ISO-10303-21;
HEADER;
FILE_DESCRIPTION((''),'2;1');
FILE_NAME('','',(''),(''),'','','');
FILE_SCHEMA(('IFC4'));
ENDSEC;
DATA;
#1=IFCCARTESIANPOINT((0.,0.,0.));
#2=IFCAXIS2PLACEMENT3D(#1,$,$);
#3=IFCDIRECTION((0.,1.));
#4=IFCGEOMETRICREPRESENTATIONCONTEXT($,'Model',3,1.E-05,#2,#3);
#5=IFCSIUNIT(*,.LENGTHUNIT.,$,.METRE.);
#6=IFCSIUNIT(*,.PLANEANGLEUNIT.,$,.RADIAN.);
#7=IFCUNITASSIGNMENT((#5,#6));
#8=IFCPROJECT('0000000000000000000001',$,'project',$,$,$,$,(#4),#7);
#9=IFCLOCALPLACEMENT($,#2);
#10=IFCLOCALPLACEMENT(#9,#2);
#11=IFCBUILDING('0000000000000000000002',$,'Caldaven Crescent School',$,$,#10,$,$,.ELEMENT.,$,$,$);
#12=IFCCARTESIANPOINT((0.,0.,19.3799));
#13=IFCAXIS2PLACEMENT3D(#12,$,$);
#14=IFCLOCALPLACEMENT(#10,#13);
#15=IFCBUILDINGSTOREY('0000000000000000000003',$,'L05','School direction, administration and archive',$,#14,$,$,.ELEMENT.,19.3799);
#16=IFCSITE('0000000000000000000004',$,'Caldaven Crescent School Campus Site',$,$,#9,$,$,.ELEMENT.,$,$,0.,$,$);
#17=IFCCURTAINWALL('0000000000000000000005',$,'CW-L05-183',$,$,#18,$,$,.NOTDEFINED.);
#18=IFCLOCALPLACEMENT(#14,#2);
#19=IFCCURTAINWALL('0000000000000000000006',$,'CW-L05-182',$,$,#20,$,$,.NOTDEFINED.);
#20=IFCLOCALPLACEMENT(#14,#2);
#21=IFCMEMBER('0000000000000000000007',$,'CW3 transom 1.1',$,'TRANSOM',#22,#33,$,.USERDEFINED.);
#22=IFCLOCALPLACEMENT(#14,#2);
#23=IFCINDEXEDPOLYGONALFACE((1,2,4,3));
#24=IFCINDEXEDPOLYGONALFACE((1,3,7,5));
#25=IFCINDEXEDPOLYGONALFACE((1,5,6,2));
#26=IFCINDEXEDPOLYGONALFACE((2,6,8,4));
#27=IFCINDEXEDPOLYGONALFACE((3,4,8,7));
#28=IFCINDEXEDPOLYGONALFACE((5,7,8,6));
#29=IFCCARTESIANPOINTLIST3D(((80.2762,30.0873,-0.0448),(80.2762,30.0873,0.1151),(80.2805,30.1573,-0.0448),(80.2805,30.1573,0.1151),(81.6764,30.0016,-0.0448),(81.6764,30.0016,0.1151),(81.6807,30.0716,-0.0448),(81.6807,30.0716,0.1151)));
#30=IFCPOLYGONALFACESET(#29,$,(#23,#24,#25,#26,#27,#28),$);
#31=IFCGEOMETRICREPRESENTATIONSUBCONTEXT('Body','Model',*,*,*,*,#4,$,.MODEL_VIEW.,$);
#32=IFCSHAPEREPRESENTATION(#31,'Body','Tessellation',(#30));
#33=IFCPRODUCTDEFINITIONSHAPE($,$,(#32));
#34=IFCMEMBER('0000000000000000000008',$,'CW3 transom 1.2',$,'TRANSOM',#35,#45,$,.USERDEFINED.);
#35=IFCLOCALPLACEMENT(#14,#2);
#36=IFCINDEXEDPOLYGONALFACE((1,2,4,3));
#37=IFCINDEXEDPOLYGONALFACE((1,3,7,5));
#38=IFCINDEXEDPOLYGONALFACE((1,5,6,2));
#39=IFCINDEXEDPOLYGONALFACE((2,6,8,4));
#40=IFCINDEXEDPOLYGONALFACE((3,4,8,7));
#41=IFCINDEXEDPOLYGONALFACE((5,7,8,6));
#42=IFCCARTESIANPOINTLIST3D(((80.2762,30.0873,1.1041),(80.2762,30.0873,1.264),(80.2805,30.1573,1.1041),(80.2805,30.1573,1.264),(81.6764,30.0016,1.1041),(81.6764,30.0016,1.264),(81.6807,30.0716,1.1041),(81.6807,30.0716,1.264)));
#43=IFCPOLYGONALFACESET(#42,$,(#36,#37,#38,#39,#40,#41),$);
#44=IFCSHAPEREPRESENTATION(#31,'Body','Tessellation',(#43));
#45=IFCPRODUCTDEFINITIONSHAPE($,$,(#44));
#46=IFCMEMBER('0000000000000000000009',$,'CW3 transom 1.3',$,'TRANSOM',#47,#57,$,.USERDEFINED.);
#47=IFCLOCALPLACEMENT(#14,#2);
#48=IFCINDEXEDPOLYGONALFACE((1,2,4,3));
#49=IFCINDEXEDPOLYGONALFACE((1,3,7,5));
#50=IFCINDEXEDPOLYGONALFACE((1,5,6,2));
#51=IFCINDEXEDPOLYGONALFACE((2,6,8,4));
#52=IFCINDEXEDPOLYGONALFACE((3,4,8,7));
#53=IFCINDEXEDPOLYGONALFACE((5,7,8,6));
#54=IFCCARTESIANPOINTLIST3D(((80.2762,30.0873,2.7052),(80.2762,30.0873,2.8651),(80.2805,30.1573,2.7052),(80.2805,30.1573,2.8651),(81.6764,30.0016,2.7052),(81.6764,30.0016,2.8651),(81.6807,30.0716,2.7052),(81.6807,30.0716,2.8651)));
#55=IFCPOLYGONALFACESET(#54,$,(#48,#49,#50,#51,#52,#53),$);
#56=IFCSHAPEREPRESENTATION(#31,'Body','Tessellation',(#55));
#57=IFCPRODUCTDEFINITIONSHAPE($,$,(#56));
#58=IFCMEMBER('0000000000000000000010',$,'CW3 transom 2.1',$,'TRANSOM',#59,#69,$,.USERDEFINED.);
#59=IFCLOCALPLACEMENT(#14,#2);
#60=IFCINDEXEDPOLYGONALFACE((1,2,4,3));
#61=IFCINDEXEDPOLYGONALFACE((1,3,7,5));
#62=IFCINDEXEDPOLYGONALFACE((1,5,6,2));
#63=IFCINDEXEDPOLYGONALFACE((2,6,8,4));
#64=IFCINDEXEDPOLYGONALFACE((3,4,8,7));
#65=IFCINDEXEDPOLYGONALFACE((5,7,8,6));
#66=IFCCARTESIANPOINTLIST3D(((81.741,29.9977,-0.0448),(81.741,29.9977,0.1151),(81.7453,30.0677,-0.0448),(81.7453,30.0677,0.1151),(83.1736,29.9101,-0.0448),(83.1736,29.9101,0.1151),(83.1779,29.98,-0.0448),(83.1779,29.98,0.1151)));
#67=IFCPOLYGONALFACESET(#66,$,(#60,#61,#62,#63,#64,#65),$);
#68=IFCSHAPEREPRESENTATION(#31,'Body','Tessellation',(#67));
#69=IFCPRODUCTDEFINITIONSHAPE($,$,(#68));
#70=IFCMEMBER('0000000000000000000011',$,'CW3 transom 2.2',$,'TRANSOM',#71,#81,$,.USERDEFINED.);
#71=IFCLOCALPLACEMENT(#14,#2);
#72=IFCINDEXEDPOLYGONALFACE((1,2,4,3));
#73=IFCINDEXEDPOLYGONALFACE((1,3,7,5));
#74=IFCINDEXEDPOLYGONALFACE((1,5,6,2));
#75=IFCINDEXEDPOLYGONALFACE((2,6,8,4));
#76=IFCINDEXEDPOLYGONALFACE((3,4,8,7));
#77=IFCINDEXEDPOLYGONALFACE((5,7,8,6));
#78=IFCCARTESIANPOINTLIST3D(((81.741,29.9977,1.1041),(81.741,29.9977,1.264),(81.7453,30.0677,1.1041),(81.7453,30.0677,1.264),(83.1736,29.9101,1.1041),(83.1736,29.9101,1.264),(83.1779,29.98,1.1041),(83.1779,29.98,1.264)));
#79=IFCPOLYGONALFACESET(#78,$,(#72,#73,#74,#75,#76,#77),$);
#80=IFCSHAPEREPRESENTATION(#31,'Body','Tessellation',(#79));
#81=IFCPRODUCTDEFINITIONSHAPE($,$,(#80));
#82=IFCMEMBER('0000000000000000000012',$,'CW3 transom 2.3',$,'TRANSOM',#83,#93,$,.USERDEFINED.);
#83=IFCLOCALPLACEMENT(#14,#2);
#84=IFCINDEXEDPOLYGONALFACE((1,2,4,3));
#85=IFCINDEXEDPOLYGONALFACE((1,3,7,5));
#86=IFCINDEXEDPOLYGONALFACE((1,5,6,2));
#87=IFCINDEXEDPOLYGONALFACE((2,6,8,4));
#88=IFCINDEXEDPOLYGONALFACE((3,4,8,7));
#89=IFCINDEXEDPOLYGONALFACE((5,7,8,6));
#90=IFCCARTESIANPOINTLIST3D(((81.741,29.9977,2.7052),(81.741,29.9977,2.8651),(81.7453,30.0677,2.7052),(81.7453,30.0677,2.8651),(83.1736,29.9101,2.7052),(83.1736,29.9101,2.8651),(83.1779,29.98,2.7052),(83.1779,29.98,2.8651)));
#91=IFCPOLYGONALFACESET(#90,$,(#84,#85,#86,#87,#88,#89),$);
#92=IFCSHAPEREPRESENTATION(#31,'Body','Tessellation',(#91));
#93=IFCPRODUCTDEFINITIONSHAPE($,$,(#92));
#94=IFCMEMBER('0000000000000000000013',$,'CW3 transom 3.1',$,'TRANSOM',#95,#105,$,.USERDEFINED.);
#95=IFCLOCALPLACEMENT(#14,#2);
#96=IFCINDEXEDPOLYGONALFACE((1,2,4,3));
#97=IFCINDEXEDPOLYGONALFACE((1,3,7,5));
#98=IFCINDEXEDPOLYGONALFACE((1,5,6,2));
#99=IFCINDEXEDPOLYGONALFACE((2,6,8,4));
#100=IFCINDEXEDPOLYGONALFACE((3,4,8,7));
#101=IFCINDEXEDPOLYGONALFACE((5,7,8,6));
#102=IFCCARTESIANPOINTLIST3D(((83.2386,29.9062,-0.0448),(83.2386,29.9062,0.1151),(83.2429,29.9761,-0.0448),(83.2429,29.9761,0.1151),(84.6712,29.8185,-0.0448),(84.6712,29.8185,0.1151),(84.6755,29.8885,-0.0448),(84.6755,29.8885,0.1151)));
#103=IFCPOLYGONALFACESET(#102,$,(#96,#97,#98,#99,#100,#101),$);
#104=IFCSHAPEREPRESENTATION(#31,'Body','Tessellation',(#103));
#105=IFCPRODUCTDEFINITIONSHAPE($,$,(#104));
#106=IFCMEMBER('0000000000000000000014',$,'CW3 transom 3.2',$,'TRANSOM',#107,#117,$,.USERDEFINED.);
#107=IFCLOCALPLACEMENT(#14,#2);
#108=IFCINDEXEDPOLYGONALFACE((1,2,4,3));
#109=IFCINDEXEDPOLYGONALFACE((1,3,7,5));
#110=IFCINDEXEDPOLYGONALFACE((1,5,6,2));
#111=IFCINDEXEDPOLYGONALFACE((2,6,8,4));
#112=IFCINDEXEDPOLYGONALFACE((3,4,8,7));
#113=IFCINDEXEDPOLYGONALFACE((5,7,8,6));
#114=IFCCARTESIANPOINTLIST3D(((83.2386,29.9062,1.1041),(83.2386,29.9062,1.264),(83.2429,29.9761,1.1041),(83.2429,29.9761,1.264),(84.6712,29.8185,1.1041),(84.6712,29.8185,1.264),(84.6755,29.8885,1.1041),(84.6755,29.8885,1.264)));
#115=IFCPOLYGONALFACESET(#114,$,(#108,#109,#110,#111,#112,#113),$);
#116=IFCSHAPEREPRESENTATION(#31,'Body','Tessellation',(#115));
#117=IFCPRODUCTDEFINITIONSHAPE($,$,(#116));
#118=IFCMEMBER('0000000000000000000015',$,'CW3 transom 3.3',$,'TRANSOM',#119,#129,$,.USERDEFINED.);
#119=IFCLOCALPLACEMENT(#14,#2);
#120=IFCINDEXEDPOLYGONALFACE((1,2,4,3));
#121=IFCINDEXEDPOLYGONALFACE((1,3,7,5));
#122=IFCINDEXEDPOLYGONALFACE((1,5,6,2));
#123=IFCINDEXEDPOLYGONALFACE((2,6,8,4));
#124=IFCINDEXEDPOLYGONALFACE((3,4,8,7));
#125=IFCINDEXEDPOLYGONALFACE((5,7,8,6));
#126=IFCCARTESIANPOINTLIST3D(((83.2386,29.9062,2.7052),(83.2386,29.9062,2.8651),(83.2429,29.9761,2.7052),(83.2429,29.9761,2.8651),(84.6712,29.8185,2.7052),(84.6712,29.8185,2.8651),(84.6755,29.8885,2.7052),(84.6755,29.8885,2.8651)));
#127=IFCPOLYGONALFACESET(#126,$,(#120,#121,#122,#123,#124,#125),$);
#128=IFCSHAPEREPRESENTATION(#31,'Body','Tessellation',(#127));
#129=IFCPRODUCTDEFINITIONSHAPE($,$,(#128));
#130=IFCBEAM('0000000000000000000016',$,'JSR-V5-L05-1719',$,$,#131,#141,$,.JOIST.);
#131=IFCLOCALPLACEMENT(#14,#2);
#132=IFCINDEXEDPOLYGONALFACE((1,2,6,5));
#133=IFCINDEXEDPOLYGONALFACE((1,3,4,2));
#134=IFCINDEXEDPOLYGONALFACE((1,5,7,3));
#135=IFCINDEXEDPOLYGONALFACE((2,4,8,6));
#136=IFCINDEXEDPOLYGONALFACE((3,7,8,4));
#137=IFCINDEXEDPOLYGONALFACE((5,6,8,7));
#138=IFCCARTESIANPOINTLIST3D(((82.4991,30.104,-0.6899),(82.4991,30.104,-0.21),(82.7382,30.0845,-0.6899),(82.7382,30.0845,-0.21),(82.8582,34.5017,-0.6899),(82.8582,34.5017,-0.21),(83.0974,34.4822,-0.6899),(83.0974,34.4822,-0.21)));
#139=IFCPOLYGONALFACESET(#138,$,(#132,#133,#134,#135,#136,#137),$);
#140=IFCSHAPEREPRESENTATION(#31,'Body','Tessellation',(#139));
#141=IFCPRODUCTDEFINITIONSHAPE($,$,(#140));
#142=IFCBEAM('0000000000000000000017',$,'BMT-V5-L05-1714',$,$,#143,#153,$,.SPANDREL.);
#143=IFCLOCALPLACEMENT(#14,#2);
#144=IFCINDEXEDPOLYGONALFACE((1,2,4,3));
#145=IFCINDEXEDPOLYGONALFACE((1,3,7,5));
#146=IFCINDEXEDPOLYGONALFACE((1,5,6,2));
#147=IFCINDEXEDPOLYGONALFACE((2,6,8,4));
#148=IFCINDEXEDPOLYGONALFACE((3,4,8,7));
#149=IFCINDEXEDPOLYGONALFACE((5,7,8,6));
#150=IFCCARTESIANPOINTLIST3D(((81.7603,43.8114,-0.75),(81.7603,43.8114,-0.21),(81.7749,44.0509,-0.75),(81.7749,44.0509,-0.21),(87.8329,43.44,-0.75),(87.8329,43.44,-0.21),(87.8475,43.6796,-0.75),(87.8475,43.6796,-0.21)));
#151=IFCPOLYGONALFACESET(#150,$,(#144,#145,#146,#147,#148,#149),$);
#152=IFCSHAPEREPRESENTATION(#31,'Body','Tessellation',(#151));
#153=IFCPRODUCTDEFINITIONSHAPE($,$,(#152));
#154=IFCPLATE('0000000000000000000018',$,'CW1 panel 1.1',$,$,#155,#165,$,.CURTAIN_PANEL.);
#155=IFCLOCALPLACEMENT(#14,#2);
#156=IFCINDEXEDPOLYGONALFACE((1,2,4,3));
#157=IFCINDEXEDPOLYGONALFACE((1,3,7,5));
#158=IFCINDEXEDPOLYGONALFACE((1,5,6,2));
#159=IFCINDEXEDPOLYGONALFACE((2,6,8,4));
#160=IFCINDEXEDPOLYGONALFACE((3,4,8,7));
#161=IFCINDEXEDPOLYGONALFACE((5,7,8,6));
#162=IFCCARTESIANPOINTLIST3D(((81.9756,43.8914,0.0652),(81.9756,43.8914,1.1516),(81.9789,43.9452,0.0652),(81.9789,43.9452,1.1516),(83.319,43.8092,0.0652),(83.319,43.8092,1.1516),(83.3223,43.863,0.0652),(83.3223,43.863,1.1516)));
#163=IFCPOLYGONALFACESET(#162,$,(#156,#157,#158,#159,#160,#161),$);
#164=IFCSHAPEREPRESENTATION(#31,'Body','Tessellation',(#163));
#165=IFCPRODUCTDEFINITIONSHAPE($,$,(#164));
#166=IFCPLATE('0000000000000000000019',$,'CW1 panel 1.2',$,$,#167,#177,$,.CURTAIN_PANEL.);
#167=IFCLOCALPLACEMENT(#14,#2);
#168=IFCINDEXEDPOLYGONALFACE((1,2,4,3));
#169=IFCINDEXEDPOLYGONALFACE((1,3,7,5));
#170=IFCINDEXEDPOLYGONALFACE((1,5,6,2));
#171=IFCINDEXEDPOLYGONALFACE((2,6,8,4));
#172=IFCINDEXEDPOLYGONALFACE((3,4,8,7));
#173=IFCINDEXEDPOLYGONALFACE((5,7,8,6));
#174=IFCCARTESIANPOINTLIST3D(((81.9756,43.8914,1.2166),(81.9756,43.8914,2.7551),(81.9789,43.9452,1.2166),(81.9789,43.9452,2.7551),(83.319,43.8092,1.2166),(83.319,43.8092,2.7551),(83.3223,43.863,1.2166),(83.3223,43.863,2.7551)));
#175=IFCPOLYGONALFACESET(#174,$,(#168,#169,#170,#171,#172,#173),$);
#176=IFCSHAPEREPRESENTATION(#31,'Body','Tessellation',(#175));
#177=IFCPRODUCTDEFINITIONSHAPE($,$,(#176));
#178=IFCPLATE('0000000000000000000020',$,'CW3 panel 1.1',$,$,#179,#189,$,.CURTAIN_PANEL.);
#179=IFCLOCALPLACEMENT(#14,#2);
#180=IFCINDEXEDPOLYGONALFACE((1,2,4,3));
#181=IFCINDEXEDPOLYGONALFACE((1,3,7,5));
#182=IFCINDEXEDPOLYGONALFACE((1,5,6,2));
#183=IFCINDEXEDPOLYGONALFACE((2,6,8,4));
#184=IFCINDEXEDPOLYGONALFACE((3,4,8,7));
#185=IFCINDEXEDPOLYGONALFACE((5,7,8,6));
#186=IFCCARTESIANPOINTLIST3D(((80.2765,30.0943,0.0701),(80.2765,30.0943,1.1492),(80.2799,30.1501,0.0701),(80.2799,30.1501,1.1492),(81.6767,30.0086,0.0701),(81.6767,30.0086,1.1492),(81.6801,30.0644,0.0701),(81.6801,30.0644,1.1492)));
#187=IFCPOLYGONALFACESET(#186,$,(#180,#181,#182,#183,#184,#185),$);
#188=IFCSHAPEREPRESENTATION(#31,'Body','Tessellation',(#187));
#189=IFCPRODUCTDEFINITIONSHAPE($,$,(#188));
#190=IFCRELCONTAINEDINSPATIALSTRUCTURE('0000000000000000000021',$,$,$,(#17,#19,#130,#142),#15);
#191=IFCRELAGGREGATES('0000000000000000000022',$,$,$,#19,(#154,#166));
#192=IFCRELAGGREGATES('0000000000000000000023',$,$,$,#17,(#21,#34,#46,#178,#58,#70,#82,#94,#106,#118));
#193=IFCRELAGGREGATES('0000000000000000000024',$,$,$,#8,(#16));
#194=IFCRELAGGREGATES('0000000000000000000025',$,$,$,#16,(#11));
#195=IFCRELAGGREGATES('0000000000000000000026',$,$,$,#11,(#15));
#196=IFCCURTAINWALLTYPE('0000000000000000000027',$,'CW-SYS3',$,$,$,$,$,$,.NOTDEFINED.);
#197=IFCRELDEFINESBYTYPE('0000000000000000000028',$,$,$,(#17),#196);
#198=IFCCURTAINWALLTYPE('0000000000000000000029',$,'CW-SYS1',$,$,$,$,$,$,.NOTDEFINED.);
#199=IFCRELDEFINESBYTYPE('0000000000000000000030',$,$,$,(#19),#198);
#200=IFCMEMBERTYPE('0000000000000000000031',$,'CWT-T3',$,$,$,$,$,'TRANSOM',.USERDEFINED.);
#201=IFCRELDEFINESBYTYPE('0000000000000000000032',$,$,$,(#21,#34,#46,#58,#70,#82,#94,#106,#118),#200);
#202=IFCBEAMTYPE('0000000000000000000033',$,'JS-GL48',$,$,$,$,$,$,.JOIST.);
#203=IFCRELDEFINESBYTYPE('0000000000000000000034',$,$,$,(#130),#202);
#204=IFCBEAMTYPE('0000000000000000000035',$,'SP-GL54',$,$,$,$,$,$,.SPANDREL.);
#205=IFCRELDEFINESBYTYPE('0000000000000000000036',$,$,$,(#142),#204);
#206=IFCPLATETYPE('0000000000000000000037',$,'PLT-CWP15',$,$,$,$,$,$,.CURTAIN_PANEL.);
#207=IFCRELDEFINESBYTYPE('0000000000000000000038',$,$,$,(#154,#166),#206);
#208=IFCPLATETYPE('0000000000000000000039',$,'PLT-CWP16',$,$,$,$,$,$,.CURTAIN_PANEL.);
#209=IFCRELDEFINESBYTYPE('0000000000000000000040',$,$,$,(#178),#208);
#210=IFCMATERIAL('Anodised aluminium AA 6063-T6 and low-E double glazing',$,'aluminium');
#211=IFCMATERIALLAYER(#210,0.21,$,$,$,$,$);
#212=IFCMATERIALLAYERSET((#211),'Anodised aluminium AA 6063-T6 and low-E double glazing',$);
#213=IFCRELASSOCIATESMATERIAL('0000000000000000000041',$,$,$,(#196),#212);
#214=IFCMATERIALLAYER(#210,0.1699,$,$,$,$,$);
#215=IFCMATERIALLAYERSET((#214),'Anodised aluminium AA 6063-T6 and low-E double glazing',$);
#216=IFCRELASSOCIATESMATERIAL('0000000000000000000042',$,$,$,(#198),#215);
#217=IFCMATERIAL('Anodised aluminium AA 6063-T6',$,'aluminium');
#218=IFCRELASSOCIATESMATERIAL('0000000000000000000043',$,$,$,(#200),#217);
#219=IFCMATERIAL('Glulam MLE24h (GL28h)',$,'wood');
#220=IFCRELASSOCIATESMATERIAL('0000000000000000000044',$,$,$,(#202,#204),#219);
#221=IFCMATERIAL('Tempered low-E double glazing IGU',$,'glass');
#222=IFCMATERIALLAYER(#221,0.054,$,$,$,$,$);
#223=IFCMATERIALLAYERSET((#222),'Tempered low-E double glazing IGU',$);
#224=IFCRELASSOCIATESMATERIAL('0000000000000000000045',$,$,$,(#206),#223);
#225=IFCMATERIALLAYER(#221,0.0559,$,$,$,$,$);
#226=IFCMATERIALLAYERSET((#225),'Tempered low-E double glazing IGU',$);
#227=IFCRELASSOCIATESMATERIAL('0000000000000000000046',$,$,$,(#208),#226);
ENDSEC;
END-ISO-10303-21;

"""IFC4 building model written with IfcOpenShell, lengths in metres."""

from ifc_helpers import new_model, si_unit, direction, frame, origin, origin_2d, place, context, subcontext, project, spatial, rectangle, extrude, material, layer, layer_set, material_profile, profile_set, type_object, element, aggregate, save


model = new_model("IFC4")

# Units and contexts
model_context = context("Model", 3, precision=1e-05, world=origin(), true_north=direction((0.0, 1.0)))
body_context = subcontext(model_context, "Body", "Model", "MODEL_VIEW")
ifc_project = project(units=[si_unit("LENGTHUNIT", "METRE"), si_unit("PLANEANGLEUNIT", "RADIAN")], contexts=[model_context])

# Site, building, storey
site_placement = place(None, origin())
site = spatial("IfcSite", under=ifc_project, at=site_placement, Name="Caldaven Crescent School Campus Site", CompositionType="ELEMENT", RefElevation=0.0)
building_placement = place(site_placement, origin())
building = spatial("IfcBuilding", under=site, at=building_placement, Name="Caldaven Crescent School", CompositionType="ELEMENT")
storey_placement = place(building_placement, frame((0.0, 0.0, 19.3799)))
storey = spatial("IfcBuildingStorey", under=building, at=storey_placement, Name="L05", Description="School direction, administration and archive", CompositionType="ELEMENT", Elevation=19.3799)

# Shared definitions
ifc_material_1 = material(Name="Glulam MLE24h (GL28h)", Category="wood")

# Curtain walls
ifc_material_2 = material(Name="Anodised aluminium AA 6063-T6 and low-E double glazing", Category="aluminium")
ifc_layer_1 = layer(ifc_material_2, 0.21)
ifc_layer_set_1 = layer_set([ifc_layer_1], Name="Anodised aluminium AA 6063-T6 and low-E double glazing")
curtain_wall_type_1 = type_object("IfcCurtainWallType", Name="CW-SYS3", PredefinedType="NOTDEFINED", material=ifc_layer_set_1)
curtain_wall_1_placement = place(storey_placement, origin())
curtain_wall_1 = element("IfcCurtainWall", 1, at=curtain_wall_1_placement, inside=storey, type_object=curtain_wall_type_1, Name="CW-L05-183", PredefinedType="NOTDEFINED")
ifc_material_3 = material(Name="Anodised aluminium AA 6063-T6", Category="aluminium")
ifc_layer_2 = layer(ifc_material_2, 0.1699)
ifc_layer_set_2 = layer_set([ifc_layer_2], Name="Anodised aluminium AA 6063-T6 and low-E double glazing")
curtain_wall_type_2 = type_object("IfcCurtainWallType", Name="CW-SYS1", PredefinedType="NOTDEFINED", material=ifc_layer_set_2)
curtain_wall_2_placement = place(storey_placement, origin())
curtain_wall_2 = element("IfcCurtainWall", 2, at=curtain_wall_2_placement, inside=storey, type_object=curtain_wall_type_2, Name="CW-L05-182", PredefinedType="NOTDEFINED")

# Members
ifc_material_profile_1 = material_profile(ifc_material_3, rectangle(XDim=0.0701, YDim=0.1599, at=origin_2d()), Name="CWT 70x160")
ifc_profile_set_1 = profile_set([ifc_material_profile_1], Name="Anodised aluminium AA 6063-T6")
member_type_1 = type_object("IfcMemberType", Name="CWT-T3", ElementType="TRANSOM", PredefinedType="USERDEFINED", material=ifc_profile_set_1)
member_1_placement = place(storey_placement, frame((80.2783, 30.1223, 0.0352), z_axis=(0.998132, -0.061089, 0.0), x_axis=(0.061089, 0.998132, 0.0)))
member_1 = element("IfcMember", 3, at=member_1_placement, type_object=member_type_1, Name="CW3 transom 1.1", ObjectType="TRANSOM", PredefinedType="USERDEFINED", context=body_context, shape_type="SweptSolid", body=[
    extrude(rectangle(XDim=0.0701, YDim=0.1599, at=origin_2d()), origin(), (0.0, 0.0, 1.0), 1.4028),
])
member_2_placement = place(storey_placement, frame((80.2783, 30.1223, 1.1841), z_axis=(0.998132, -0.061089, 0.0), x_axis=(0.061089, 0.998132, 0.0)))
member_2 = element("IfcMember", 4, at=member_2_placement, type_object=member_type_1, Name="CW3 transom 1.2", ObjectType="TRANSOM", PredefinedType="USERDEFINED", context=body_context, shape_type="SweptSolid", body=[
    extrude(rectangle(XDim=0.0701, YDim=0.1599, at=origin_2d()), origin(), (0.0, 0.0, 1.0), 1.4028),
])
member_3_placement = place(storey_placement, frame((80.2783, 30.1223, 2.7852), z_axis=(0.998132, -0.061089, 0.0), x_axis=(0.061089, 0.998132, 0.0)))
member_3 = element("IfcMember", 5, at=member_3_placement, type_object=member_type_1, Name="CW3 transom 1.3", ObjectType="TRANSOM", PredefinedType="USERDEFINED", context=body_context, shape_type="SweptSolid", body=[
    extrude(rectangle(XDim=0.0701, YDim=0.1599, at=origin_2d()), origin(), (0.0, 0.0, 1.0), 1.4028),
])
member_4_placement = place(storey_placement, frame((81.7432, 30.0327, 0.0352), z_axis=(0.998134, -0.061065, 0.0), x_axis=(0.061065, 0.998134, 0.0)))
member_4 = element("IfcMember", 6, at=member_4_placement, type_object=member_type_1, Name="CW3 transom 2.1", ObjectType="TRANSOM", PredefinedType="USERDEFINED", context=body_context, shape_type="SweptSolid", body=[
    extrude(rectangle(XDim=0.0701, YDim=0.1599, at=origin_2d()), origin(), (0.0, 0.0, 1.0), 1.4353),
])
member_5_placement = place(storey_placement, frame((81.7432, 30.0327, 1.1841), z_axis=(0.998134, -0.061065, 0.0), x_axis=(0.061065, 0.998134, 0.0)))
member_5 = element("IfcMember", 7, at=member_5_placement, type_object=member_type_1, Name="CW3 transom 2.2", ObjectType="TRANSOM", PredefinedType="USERDEFINED", context=body_context, shape_type="SweptSolid", body=[
    extrude(rectangle(XDim=0.0701, YDim=0.1599, at=origin_2d()), origin(), (0.0, 0.0, 1.0), 1.4353),
])
member_6_placement = place(storey_placement, frame((81.7432, 30.0327, 2.7852), z_axis=(0.998134, -0.061065, 0.0), x_axis=(0.061065, 0.998134, 0.0)))
member_6 = element("IfcMember", 8, at=member_6_placement, type_object=member_type_1, Name="CW3 transom 2.3", ObjectType="TRANSOM", PredefinedType="USERDEFINED", context=body_context, shape_type="SweptSolid", body=[
    extrude(rectangle(XDim=0.0701, YDim=0.1599, at=origin_2d()), origin(), (0.0, 0.0, 1.0), 1.4353),
])
member_7_placement = place(storey_placement, frame((83.2407, 29.9412, 0.0352), z_axis=(0.998134, -0.061065, 0.0), x_axis=(0.061065, 0.998134, 0.0)))
member_7 = element("IfcMember", 9, at=member_7_placement, type_object=member_type_1, Name="CW3 transom 3.1", ObjectType="TRANSOM", PredefinedType="USERDEFINED", context=body_context, shape_type="SweptSolid", body=[
    extrude(rectangle(XDim=0.0701, YDim=0.1599, at=origin_2d()), origin(), (0.0, 0.0, 1.0), 1.4353),
])
member_8_placement = place(storey_placement, frame((83.2407, 29.9412, 1.1841), z_axis=(0.998134, -0.061065, 0.0), x_axis=(0.061065, 0.998134, 0.0)))
member_8 = element("IfcMember", 10, at=member_8_placement, type_object=member_type_1, Name="CW3 transom 3.2", ObjectType="TRANSOM", PredefinedType="USERDEFINED", context=body_context, shape_type="SweptSolid", body=[
    extrude(rectangle(XDim=0.0701, YDim=0.1599, at=origin_2d()), origin(), (0.0, 0.0, 1.0), 1.4353),
])
member_9_placement = place(storey_placement, frame((83.2407, 29.9412, 2.7852), z_axis=(0.998134, -0.061065, 0.0), x_axis=(0.061065, 0.998134, 0.0)))
member_9 = element("IfcMember", 11, at=member_9_placement, type_object=member_type_1, Name="CW3 transom 3.3", ObjectType="TRANSOM", PredefinedType="USERDEFINED", context=body_context, shape_type="SweptSolid", body=[
    extrude(rectangle(XDim=0.0701, YDim=0.1599, at=origin_2d()), origin(), (0.0, 0.0, 1.0), 1.4353),
])

# Beams
ifc_material_profile_2 = material_profile(ifc_material_1, rectangle(XDim=0.24, YDim=0.48, at=origin_2d()), Name="MLE 240x480")
ifc_profile_set_2 = profile_set([ifc_material_profile_2], Name="Glulam MLE24h (GL28h)")
beam_type_1 = type_object("IfcBeamType", Name="JS-GL48", PredefinedType="JOIST", material=ifc_profile_set_2)
beam_1_placement = place(storey_placement, frame((82.9778, 34.4919, -0.45), z_axis=(-0.081392, -0.996682, 0.0), x_axis=(0.996682, -0.081392, 0.0)))
element("IfcBeam", 12, at=beam_1_placement, inside=storey, type_object=beam_type_1, Name="JSR-V5-L05-1719", PredefinedType="JOIST", context=body_context, shape_type="SweptSolid", body=[
    extrude(rectangle(XDim=0.24, YDim=0.48, at=origin_2d()), origin(), (0.0, 0.0, 1.0), 4.4124),
])
ifc_material_profile_3 = material_profile(ifc_material_1, rectangle(XDim=0.24, YDim=0.54, at=origin_2d()), Name="MLE 240x540")
ifc_profile_set_3 = profile_set([ifc_material_profile_3], Name="Glulam MLE24h (GL28h)")
beam_type_2 = type_object("IfcBeamType", Name="SP-GL54", PredefinedType="SPANDREL", material=ifc_profile_set_3)
beam_2_placement = place(storey_placement, frame((81.7676, 43.9312, -0.48), z_axis=(0.998136, -0.061034, 0.0), x_axis=(0.061034, 0.998136, 0.0)))
element("IfcBeam", 13, at=beam_2_placement, inside=storey, type_object=beam_type_2, Name="BMT-V5-L05-1714", PredefinedType="SPANDREL", context=body_context, shape_type="SweptSolid", body=[
    extrude(rectangle(XDim=0.24, YDim=0.54, at=origin_2d()), origin(), (0.0, 0.0, 1.0), 6.084),
])

# Plates
ifc_material_4 = material(Name="Tempered low-E double glazing IGU", Category="glass")
ifc_layer_3 = layer(ifc_material_4, 0.054)
ifc_layer_set_3 = layer_set([ifc_layer_3], Name="Tempered low-E double glazing IGU")
plate_type_1 = type_object("IfcPlateType", Name="PLT-CWP15", PredefinedType="CURTAIN_PANEL", material=ifc_layer_set_3)
plate_1_placement = place(storey_placement, frame((82.6489, 43.8772, 0.0652), z_axis=(0.0, 0.0, 1.0), x_axis=(0.998135, -0.061049, 0.0)))
plate_1 = element("IfcPlate", 14, at=plate_1_placement, type_object=plate_type_1, Name="CW1 panel 1.1", PredefinedType="CURTAIN_PANEL", context=body_context, shape_type="SweptSolid", body=[
    extrude(rectangle(XDim=1.3459, YDim=0.054, at=origin_2d()), origin(), (0.0, 0.0, 1.0), 1.0864),
])
plate_2_placement = place(storey_placement, frame((82.6489, 43.8772, 1.2166), z_axis=(0.0, 0.0, 1.0), x_axis=(0.998135, -0.061049, 0.0)))
plate_2 = element("IfcPlate", 15, at=plate_2_placement, type_object=plate_type_1, Name="CW1 panel 1.2", PredefinedType="CURTAIN_PANEL", context=body_context, shape_type="SweptSolid", body=[
    extrude(rectangle(XDim=1.3459, YDim=0.054, at=origin_2d()), origin(), (0.0, 0.0, 1.0), 1.5386),
])
aggregate(curtain_wall_2, [plate_1, plate_2])
ifc_layer_4 = layer(ifc_material_4, 0.0559)
ifc_layer_set_4 = layer_set([ifc_layer_4], Name="Tempered low-E double glazing IGU")
plate_type_2 = type_object("IfcPlateType", Name="PLT-CWP16", PredefinedType="CURTAIN_PANEL", material=ifc_layer_set_4)
plate_3_placement = place(storey_placement, frame((80.9783, 30.0793, 0.0701), z_axis=(0.0, 0.0, 1.0), x_axis=(0.998135, -0.061049, 0.0)))
plate_3 = element("IfcPlate", 16, at=plate_3_placement, type_object=plate_type_2, Name="CW3 panel 1.1", PredefinedType="CURTAIN_PANEL", context=body_context, shape_type="SweptSolid", body=[
    extrude(rectangle(XDim=1.4028, YDim=0.0559, at=origin_2d()), origin(), (0.0, 0.0, 1.0), 1.0791),
])
aggregate(curtain_wall_1, [member_1, member_2, member_3, plate_3, member_4, member_5, member_6, member_7, member_8, member_9])

save(model, "model.ifc")
